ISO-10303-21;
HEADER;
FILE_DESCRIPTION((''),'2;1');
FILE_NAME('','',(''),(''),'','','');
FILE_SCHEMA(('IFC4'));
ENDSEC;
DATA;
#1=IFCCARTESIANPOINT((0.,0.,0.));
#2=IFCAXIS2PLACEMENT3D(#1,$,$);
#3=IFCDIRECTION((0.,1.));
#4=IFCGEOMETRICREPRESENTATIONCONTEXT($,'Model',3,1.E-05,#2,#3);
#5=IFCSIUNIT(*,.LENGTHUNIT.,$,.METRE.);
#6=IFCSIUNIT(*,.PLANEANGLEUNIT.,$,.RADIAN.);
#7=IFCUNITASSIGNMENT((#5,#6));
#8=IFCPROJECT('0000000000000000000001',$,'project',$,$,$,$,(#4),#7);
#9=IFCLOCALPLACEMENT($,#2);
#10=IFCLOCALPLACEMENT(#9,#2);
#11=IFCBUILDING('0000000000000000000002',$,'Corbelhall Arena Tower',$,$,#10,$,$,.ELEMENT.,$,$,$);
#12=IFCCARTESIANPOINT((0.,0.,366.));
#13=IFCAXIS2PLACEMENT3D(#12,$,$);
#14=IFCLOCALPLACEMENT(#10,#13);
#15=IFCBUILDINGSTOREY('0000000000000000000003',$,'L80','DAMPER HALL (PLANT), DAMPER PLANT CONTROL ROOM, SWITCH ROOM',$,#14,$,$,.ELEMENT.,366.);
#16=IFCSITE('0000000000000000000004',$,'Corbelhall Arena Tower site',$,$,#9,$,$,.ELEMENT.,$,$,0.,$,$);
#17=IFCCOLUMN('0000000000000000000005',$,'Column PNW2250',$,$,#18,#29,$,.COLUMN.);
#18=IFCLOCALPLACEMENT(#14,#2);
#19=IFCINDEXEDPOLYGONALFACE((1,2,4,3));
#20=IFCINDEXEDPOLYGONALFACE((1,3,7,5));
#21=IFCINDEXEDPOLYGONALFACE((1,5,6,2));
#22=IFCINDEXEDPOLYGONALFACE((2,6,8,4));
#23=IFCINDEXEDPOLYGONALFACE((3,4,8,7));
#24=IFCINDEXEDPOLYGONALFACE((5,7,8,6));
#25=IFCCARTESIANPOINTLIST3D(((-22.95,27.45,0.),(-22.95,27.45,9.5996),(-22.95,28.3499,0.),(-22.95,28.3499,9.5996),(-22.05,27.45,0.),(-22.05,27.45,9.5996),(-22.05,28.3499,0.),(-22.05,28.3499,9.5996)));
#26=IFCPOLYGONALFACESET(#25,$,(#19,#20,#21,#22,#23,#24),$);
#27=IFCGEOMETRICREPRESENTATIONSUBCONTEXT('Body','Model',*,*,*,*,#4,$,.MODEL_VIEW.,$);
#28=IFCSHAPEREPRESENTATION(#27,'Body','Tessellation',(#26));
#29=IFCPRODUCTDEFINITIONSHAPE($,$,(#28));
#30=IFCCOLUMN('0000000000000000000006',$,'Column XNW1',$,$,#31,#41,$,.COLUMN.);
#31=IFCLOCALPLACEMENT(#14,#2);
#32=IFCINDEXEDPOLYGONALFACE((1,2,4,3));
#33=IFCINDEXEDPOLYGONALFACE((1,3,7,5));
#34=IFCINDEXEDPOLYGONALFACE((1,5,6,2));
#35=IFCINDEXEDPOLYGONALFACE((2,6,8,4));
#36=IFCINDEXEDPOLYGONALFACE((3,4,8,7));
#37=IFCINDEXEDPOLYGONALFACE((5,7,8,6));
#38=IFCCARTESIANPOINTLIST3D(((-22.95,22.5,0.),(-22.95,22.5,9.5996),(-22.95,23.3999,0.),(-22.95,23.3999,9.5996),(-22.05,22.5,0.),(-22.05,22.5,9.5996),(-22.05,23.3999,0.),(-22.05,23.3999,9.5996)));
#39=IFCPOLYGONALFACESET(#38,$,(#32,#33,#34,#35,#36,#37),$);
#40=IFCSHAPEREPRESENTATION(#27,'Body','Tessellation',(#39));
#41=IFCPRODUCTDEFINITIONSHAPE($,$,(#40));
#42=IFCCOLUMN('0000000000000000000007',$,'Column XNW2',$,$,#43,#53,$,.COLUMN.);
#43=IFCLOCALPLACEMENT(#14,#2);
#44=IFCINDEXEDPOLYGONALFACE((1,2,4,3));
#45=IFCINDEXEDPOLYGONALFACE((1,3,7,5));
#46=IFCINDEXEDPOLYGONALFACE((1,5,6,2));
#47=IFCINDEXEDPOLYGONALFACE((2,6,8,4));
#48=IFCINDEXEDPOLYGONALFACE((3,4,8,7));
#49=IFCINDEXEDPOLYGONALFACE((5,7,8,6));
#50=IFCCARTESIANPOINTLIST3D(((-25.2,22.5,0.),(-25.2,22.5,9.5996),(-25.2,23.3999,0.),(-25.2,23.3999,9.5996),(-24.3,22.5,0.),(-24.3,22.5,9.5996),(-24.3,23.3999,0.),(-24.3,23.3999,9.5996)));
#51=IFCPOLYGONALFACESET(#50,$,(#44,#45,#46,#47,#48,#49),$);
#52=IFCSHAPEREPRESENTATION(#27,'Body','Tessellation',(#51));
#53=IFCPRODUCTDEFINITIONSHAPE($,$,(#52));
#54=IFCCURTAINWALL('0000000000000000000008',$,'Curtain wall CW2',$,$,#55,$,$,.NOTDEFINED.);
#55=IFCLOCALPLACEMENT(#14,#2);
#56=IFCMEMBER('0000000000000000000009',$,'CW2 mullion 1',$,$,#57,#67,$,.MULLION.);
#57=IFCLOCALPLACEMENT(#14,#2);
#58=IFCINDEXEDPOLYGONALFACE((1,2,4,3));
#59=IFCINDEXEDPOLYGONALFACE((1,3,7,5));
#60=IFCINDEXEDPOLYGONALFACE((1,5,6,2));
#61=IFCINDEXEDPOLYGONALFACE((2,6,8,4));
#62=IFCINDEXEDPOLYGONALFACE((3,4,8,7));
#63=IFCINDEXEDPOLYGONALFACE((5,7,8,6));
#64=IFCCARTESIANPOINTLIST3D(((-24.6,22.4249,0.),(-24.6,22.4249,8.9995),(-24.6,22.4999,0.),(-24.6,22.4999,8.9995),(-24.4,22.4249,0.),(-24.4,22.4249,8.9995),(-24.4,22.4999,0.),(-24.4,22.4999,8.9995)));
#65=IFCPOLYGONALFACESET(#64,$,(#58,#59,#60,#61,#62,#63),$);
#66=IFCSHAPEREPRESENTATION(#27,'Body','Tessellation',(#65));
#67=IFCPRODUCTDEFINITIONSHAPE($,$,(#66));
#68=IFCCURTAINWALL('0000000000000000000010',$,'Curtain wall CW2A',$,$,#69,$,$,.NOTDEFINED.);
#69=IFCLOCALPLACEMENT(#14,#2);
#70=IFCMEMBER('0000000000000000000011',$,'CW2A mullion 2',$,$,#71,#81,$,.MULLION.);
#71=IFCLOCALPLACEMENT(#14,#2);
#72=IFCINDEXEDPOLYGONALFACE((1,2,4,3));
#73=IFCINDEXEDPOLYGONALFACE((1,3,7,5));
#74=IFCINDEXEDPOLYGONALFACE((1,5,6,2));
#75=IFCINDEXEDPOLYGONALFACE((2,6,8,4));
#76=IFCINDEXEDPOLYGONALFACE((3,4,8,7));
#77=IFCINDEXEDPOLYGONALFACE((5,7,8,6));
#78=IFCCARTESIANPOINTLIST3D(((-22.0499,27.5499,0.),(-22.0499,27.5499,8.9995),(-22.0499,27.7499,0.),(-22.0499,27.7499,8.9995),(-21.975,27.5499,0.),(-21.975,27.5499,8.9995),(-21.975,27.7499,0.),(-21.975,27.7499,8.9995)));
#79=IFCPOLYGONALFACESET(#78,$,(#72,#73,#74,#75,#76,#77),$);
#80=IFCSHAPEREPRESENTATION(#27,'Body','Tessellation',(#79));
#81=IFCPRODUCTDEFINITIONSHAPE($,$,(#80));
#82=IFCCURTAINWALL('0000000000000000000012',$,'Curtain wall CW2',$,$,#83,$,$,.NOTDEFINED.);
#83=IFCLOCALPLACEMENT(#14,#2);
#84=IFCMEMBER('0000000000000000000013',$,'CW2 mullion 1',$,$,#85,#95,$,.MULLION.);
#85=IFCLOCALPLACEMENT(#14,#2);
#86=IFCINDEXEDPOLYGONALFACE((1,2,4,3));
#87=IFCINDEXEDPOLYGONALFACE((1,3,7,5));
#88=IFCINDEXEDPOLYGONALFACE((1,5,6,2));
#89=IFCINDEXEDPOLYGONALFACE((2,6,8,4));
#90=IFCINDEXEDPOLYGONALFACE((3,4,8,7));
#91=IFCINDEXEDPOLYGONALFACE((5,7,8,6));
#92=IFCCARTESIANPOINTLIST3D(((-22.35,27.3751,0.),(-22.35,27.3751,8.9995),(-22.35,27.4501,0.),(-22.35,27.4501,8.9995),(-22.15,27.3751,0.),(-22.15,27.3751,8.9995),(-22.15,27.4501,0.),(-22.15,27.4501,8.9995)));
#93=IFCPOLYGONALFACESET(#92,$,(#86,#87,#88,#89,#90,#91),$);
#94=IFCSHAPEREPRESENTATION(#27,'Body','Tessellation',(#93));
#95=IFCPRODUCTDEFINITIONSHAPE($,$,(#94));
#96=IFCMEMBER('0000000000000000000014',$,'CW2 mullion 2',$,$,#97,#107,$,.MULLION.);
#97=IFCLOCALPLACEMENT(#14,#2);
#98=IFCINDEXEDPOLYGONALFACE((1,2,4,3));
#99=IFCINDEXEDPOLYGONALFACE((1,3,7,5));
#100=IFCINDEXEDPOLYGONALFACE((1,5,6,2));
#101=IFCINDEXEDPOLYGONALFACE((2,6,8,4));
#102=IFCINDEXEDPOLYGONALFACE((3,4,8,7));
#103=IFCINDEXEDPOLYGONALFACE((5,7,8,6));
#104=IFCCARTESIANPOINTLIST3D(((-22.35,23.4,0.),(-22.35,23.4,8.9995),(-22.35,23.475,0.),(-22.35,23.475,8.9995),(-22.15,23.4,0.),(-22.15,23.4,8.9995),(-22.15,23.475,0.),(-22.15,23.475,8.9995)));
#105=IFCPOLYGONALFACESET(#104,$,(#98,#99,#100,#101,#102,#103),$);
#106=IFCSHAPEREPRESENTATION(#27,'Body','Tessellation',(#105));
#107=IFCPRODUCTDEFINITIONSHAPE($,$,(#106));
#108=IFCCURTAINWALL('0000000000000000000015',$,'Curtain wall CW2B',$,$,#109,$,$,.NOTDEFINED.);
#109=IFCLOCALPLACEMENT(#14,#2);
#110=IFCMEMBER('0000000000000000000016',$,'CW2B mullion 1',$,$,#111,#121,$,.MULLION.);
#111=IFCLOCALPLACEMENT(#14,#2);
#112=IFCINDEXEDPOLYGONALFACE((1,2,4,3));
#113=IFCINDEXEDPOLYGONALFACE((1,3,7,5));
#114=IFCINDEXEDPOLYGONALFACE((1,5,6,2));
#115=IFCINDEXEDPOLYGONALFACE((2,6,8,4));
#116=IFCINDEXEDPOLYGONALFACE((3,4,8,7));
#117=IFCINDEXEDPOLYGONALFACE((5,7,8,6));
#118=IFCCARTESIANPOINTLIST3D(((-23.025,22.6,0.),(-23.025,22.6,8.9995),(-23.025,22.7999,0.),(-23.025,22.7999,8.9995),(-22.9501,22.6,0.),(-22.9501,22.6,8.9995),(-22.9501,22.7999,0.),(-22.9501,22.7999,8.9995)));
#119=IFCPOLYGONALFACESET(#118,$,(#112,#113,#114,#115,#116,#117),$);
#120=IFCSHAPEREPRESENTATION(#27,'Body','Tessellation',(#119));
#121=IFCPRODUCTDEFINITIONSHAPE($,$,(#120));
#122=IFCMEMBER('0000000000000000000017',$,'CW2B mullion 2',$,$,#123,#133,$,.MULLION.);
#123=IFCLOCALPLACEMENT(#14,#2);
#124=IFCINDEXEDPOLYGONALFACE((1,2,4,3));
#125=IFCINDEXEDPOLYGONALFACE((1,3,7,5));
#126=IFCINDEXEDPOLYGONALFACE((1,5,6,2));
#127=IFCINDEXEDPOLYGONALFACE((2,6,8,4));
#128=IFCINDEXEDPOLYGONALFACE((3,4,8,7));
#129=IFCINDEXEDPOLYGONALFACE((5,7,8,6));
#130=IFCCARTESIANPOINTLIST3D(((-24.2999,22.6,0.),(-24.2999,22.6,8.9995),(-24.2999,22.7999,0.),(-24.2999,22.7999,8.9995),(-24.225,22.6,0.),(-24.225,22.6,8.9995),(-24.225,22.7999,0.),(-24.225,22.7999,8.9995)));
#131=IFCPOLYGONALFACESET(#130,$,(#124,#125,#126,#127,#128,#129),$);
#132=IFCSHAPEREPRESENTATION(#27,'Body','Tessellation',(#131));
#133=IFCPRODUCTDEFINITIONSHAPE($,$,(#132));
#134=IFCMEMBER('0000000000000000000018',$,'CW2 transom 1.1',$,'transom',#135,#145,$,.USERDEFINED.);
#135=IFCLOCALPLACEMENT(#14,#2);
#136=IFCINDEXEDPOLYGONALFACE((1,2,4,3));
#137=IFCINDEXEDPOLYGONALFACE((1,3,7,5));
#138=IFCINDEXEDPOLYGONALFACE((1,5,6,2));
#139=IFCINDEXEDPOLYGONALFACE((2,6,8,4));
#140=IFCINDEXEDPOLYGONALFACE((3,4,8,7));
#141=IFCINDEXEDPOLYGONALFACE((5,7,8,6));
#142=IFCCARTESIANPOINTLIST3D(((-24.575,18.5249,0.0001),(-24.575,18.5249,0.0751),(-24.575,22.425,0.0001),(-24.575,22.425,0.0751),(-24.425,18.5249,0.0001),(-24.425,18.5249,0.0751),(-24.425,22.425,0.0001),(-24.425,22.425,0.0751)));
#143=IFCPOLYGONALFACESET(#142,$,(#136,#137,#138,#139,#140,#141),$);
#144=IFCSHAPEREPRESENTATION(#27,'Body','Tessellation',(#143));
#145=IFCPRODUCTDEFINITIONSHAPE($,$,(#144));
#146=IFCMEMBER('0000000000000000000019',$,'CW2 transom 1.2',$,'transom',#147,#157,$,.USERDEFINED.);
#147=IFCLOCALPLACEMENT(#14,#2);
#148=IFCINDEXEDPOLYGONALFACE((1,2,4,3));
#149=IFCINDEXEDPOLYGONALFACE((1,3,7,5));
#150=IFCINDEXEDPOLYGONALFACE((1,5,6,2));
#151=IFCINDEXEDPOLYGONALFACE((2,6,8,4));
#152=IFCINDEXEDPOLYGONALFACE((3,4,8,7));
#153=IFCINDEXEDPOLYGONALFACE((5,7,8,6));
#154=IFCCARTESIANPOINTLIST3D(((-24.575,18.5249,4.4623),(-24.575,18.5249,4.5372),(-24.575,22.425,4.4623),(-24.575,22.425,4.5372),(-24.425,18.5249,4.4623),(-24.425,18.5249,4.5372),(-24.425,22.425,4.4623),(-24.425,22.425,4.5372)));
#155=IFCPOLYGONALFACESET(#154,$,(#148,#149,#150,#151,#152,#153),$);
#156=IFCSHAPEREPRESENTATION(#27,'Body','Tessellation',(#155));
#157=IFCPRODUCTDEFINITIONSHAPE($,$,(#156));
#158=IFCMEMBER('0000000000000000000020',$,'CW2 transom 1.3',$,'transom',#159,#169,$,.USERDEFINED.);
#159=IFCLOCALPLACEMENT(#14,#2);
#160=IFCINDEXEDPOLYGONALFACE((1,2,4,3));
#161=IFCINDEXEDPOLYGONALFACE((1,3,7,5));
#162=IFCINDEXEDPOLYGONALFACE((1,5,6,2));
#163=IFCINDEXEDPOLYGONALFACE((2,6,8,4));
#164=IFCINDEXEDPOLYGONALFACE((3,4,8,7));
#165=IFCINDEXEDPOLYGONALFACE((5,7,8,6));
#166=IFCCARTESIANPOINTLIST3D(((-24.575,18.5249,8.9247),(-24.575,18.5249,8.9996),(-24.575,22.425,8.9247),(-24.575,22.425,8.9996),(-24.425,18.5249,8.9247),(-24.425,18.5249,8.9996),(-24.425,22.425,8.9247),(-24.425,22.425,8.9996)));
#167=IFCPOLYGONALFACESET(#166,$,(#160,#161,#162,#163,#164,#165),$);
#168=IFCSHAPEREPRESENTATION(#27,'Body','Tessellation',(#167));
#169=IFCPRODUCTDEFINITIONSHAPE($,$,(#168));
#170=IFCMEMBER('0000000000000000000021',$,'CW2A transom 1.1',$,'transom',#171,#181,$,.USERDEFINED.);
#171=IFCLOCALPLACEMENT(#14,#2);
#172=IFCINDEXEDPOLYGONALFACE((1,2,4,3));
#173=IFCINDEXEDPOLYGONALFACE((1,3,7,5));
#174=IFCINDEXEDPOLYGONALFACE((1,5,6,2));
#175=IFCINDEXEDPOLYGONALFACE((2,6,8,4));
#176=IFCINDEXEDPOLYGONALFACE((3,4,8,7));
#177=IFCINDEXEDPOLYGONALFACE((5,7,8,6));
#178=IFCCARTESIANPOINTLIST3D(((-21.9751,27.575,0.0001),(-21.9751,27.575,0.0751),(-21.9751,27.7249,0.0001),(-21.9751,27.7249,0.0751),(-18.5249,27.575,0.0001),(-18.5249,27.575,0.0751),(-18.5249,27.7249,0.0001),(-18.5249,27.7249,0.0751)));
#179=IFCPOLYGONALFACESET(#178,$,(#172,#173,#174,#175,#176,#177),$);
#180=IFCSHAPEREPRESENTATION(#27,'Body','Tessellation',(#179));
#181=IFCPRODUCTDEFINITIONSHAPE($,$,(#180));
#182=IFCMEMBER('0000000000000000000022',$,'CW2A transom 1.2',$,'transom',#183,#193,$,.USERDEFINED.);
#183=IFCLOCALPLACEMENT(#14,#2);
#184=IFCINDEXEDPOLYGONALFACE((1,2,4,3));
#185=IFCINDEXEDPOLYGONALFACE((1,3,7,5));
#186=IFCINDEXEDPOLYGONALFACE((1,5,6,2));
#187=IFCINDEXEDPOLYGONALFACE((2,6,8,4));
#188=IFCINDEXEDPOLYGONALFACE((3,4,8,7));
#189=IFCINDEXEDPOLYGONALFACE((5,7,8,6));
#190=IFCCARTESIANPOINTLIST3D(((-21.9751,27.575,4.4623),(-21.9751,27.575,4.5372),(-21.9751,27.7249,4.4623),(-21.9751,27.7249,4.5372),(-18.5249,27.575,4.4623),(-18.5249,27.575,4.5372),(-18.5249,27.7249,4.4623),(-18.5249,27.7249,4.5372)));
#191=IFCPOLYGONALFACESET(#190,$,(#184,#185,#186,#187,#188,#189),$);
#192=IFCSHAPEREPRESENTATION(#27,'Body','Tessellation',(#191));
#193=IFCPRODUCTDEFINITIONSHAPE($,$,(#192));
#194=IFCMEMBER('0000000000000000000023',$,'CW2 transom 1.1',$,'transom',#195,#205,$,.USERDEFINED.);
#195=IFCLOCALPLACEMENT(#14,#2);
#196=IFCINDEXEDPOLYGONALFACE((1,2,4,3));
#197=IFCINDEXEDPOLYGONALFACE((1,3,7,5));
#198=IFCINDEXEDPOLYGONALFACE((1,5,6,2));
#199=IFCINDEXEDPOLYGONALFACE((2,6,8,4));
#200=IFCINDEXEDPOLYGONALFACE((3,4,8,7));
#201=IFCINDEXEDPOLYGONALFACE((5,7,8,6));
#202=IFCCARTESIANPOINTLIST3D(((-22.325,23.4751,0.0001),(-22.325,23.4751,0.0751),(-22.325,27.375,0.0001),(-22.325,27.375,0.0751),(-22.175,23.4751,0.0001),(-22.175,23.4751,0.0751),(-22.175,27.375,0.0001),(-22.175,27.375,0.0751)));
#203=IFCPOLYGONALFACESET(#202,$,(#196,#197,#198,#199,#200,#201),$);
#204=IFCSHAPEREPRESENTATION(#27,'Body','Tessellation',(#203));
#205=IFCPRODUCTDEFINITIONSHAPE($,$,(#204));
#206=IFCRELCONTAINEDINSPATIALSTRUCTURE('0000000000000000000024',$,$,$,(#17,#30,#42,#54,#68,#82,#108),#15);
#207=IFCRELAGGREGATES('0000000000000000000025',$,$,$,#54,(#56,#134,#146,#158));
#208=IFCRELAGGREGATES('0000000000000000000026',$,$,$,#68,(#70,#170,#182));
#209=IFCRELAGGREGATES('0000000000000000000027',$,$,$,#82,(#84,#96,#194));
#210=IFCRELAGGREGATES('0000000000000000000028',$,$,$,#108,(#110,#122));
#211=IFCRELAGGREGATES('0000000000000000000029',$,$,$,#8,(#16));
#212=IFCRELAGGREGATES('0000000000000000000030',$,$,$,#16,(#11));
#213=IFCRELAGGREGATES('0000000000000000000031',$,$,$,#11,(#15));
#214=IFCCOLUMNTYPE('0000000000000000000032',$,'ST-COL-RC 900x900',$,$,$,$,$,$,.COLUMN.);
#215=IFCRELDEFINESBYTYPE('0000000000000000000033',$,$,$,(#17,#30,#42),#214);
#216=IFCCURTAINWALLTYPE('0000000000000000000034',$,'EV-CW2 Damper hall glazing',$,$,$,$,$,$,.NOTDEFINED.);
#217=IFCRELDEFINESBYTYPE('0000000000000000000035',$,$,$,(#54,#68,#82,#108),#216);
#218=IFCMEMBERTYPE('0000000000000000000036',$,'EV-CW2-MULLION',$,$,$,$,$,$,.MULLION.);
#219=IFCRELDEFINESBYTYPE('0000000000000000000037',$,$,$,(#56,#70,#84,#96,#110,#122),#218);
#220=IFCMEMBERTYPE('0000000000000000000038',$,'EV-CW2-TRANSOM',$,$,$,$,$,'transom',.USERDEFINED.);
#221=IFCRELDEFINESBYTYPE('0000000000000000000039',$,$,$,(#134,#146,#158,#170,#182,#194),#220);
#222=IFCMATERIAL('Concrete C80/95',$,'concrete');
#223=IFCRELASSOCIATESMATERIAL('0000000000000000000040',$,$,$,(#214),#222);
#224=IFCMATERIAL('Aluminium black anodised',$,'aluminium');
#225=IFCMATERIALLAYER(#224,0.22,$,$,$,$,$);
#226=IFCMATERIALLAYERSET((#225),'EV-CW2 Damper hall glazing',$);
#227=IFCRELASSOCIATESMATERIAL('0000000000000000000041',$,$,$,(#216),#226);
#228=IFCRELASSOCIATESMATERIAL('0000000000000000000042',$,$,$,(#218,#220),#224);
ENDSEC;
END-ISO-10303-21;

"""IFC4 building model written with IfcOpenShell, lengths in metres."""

from ifc_helpers import new_model, si_unit, direction, frame, origin, origin_2d, place, context, subcontext, project, spatial, rectangle, extrude, material, layer, layer_set, material_profile, profile_set, type_object, element, aggregate, save


model = new_model("IFC4")

# Units and contexts
model_context = context("Model", 3, precision=1e-05, world=origin(), true_north=direction((0.0, 1.0)))
body_context = subcontext(model_context, "Body", "Model", "MODEL_VIEW")
ifc_project = project(units=[si_unit("LENGTHUNIT", "METRE"), si_unit("PLANEANGLEUNIT", "RADIAN")], contexts=[model_context])

# Site, building, storey
site_placement = place(None, origin())
site = spatial("IfcSite", under=ifc_project, at=site_placement, Name="Corbelhall Arena Tower site", CompositionType="ELEMENT", RefElevation=0.0)
building_placement = place(site_placement, origin())
building = spatial("IfcBuilding", under=site, at=building_placement, Name="Corbelhall Arena Tower", CompositionType="ELEMENT")
storey_placement = place(building_placement, frame((0.0, 0.0, 366.0)))
storey = spatial("IfcBuildingStorey", under=building, at=storey_placement, Name="L80", Description="DAMPER HALL (PLANT), DAMPER PLANT CONTROL ROOM, SWITCH ROOM", CompositionType="ELEMENT", Elevation=366.0)

# Columns
ifc_material_1 = material(Name="Concrete C80/95", Category="concrete")
ifc_material_profile_1 = material_profile(ifc_material_1, rectangle(XDim=0.8999, YDim=0.8999, at=origin_2d()))
ifc_profile_set_1 = profile_set([ifc_material_profile_1], Name="Concrete C80/95")
column_type = type_object("IfcColumnType", Name="ST-COL-RC 900x900", PredefinedType="COLUMN", material=ifc_profile_set_1)
for number, where, z_axis, x_axis, name in (
    (1, (-22.5, 27.8999, 0.0), (0.0, 0.0, 1.0), (1.0, 0.0, 0.0), "Column PNW2250"),
    (2, (-22.5, 22.95, 0.0), (0.0, 0.0, 1.0), (1.0, 0.0, 0.0), "Column XNW1"),
    (3, (-24.75, 22.95, 0.0), (0.0, 0.0, 1.0), (1.0, 0.0, 0.0), "Column XNW2"),
):
    element("IfcColumn", number, at=place(storey_placement, frame(where, z_axis=z_axis, x_axis=x_axis)), inside=storey, type_object=column_type, Name=name, PredefinedType="COLUMN", context=body_context, shape_type="SweptSolid", body=[
        extrude(rectangle(XDim=0.8999, YDim=0.8999, at=origin_2d()), origin(), (0.0, 0.0, 1.0), 9.5996),
    ])

# Curtain walls, members
ifc_material_2 = material(Name="Aluminium black anodised", Category="aluminium")
ifc_layer_1 = layer(ifc_material_2, 0.22)
ifc_layer_set_1 = layer_set([ifc_layer_1], Name="EV-CW2 Damper hall glazing")
curtain_wall_type = type_object("IfcCurtainWallType", Name="EV-CW2 Damper hall glazing", PredefinedType="NOTDEFINED", material=ifc_layer_set_1)
curtain_wall_1_placement = place(storey_placement, origin())
curtain_wall_1 = element("IfcCurtainWall", 4, at=curtain_wall_1_placement, inside=storey, type_object=curtain_wall_type, Name="Curtain wall CW2", PredefinedType="NOTDEFINED")
ifc_material_profile_2 = material_profile(ifc_material_2, rectangle(XDim=0.2, YDim=0.075, at=origin_2d()))
ifc_profile_set_2 = profile_set([ifc_material_profile_2], Name="Aluminium black anodised")
member_type_1 = type_object("IfcMemberType", Name="EV-CW2-MULLION", PredefinedType="MULLION", material=ifc_profile_set_2)
member_1_placement = place(storey_placement, frame((-24.5, 22.4624, 0.0), z_axis=(0.0, 0.0, 1.0), x_axis=(1.0, 0.0, 0.0)))
member_1 = element("IfcMember", 5, at=member_1_placement, type_object=member_type_1, Name="CW2 mullion 1", PredefinedType="MULLION", context=body_context, shape_type="SweptSolid", body=[
    extrude(rectangle(XDim=0.2, YDim=0.075, at=origin_2d()), origin(), (0.0, 0.0, 1.0), 8.9995),
])
curtain_wall_2_placement = place(storey_placement, origin())
curtain_wall_2 = element("IfcCurtainWall", 6, at=curtain_wall_2_placement, inside=storey, type_object=curtain_wall_type, Name="Curtain wall CW2A", PredefinedType="NOTDEFINED")
member_2_placement = place(storey_placement, frame((-22.0125, 27.6499, 0.0), z_axis=(0.0, 0.0, 1.0), x_axis=(0.0, -1.0, 0.0)))
member_2 = element("IfcMember", 7, at=member_2_placement, type_object=member_type_1, Name="CW2A mullion 2", PredefinedType="MULLION", context=body_context, shape_type="SweptSolid", body=[
    extrude(rectangle(XDim=0.2, YDim=0.075, at=origin_2d()), origin(), (0.0, 0.0, 1.0), 8.9995),
])

# Curtain walls, members
curtain_wall_3_placement = place(storey_placement, origin())
curtain_wall_3 = element("IfcCurtainWall", 8, at=curtain_wall_3_placement, inside=storey, type_object=curtain_wall_type, Name="Curtain wall CW2", PredefinedType="NOTDEFINED")
member_3_placement = place(storey_placement, frame((-22.25, 27.4126, 0.0), z_axis=(0.0, 0.0, 1.0), x_axis=(1.0, 0.0, 0.0)))
member_3 = element("IfcMember", 9, at=member_3_placement, type_object=member_type_1, Name="CW2 mullion 1", PredefinedType="MULLION", context=body_context, shape_type="SweptSolid", body=[
    extrude(rectangle(XDim=0.2, YDim=0.075, at=origin_2d()), origin(), (0.0, 0.0, 1.0), 8.9995),
])
member_4_placement = place(storey_placement, frame((-22.25, 23.4375, 0.0), z_axis=(0.0, 0.0, 1.0), x_axis=(1.0, 0.0, 0.0)))
member_4 = element("IfcMember", 10, at=member_4_placement, type_object=member_type_1, Name="CW2 mullion 2", PredefinedType="MULLION", context=body_context, shape_type="SweptSolid", body=[
    extrude(rectangle(XDim=0.2, YDim=0.075, at=origin_2d()), origin(), (0.0, 0.0, 1.0), 8.9995),
])
curtain_wall_4_placement = place(storey_placement, origin())
curtain_wall_4 = element("IfcCurtainWall", 11, at=curtain_wall_4_placement, inside=storey, type_object=curtain_wall_type, Name="Curtain wall CW2B", PredefinedType="NOTDEFINED")
member_5_placement = place(storey_placement, frame((-22.9875, 22.7, 0.0), z_axis=(0.0, 0.0, 1.0), x_axis=(0.0, -1.0, 0.0)))
member_5 = element("IfcMember", 12, at=member_5_placement, type_object=member_type_1, Name="CW2B mullion 1", PredefinedType="MULLION", context=body_context, shape_type="SweptSolid", body=[
    extrude(rectangle(XDim=0.2, YDim=0.075, at=origin_2d()), origin(), (0.0, 0.0, 1.0), 8.9995),
])
member_6_placement = place(storey_placement, frame((-24.2625, 22.7, 0.0), z_axis=(0.0, 0.0, 1.0), x_axis=(0.0, -1.0, 0.0)))
member_6 = element("IfcMember", 13, at=member_6_placement, type_object=member_type_1, Name="CW2B mullion 2", PredefinedType="MULLION", context=body_context, shape_type="SweptSolid", body=[
    extrude(rectangle(XDim=0.2, YDim=0.075, at=origin_2d()), origin(), (0.0, 0.0, 1.0), 8.9995),
])

# Members
ifc_material_profile_3 = material_profile(ifc_material_2, rectangle(XDim=0.1499, YDim=0.075, at=origin_2d()))
ifc_profile_set_3 = profile_set([ifc_material_profile_3], Name="Aluminium black anodised")
member_type_2 = type_object("IfcMemberType", Name="EV-CW2-TRANSOM", ElementType="transom", PredefinedType="USERDEFINED", material=ifc_profile_set_3)
member_7_placement = place(storey_placement, frame((-24.5, 22.425, 0.0376), z_axis=(0.0, -1.0, 0.0), x_axis=(1.0, 0.0, 0.0)))
member_7 = element("IfcMember", 14, at=member_7_placement, type_object=member_type_2, Name="CW2 transom 1.1", ObjectType="transom", PredefinedType="USERDEFINED", context=body_context, shape_type="SweptSolid", body=[
    extrude(rectangle(XDim=0.1499, YDim=0.075, at=origin_2d()), origin(), (0.0, 0.0, 1.0), 3.9001),
])
member_8_placement = place(storey_placement, frame((-24.5, 22.425, 4.4998), z_axis=(0.0, -1.0, 0.0), x_axis=(1.0, 0.0, 0.0)))
member_8 = element("IfcMember", 15, at=member_8_placement, type_object=member_type_2, Name="CW2 transom 1.2", ObjectType="transom", PredefinedType="USERDEFINED", context=body_context, shape_type="SweptSolid", body=[
    extrude(rectangle(XDim=0.1499, YDim=0.075, at=origin_2d()), origin(), (0.0, 0.0, 1.0), 3.9001),
])
member_9_placement = place(storey_placement, frame((-24.5, 22.425, 8.9622), z_axis=(0.0, -1.0, 0.0), x_axis=(1.0, 0.0, 0.0)))
member_9 = element("IfcMember", 16, at=member_9_placement, type_object=member_type_2, Name="CW2 transom 1.3", ObjectType="transom", PredefinedType="USERDEFINED", context=body_context, shape_type="SweptSolid", body=[
    extrude(rectangle(XDim=0.1499, YDim=0.075, at=origin_2d()), origin(), (0.0, 0.0, 1.0), 3.9001),
])
member_10_placement = place(storey_placement, frame((-18.5249, 27.6499, 0.0376), z_axis=(-1.0, 0.0, 0.0), x_axis=(0.0, -1.0, 0.0)))
member_10 = element("IfcMember", 17, at=member_10_placement, type_object=member_type_2, Name="CW2A transom 1.1", ObjectType="transom", PredefinedType="USERDEFINED", context=body_context, shape_type="SweptSolid", body=[
    extrude(rectangle(XDim=0.1499, YDim=0.075, at=origin_2d()), origin(), (0.0, 0.0, 1.0), 3.4502),
])
member_11_placement = place(storey_placement, frame((-18.5249, 27.6499, 4.4998), z_axis=(-1.0, 0.0, 0.0), x_axis=(0.0, -1.0, 0.0)))
member_11 = element("IfcMember", 18, at=member_11_placement, type_object=member_type_2, Name="CW2A transom 1.2", ObjectType="transom", PredefinedType="USERDEFINED", context=body_context, shape_type="SweptSolid", body=[
    extrude(rectangle(XDim=0.1499, YDim=0.075, at=origin_2d()), origin(), (0.0, 0.0, 1.0), 3.4502),
])
member_12_placement = place(storey_placement, frame((-22.25, 27.375, 0.0376), z_axis=(0.0, -1.0, 0.0), x_axis=(1.0, 0.0, 0.0)))
member_12 = element("IfcMember", 19, at=member_12_placement, type_object=member_type_2, Name="CW2 transom 1.1", ObjectType="transom", PredefinedType="USERDEFINED", context=body_context, shape_type="SweptSolid", body=[
    extrude(rectangle(XDim=0.1499, YDim=0.075, at=origin_2d()), origin(), (0.0, 0.0, 1.0), 3.8999),
])

aggregate(curtain_wall_1, [member_1, member_7, member_8, member_9])
aggregate(curtain_wall_2, [member_2, member_10, member_11])
aggregate(curtain_wall_3, [member_3, member_4, member_12])
aggregate(curtain_wall_4, [member_5, member_6])

save(model, "model.ifc")
